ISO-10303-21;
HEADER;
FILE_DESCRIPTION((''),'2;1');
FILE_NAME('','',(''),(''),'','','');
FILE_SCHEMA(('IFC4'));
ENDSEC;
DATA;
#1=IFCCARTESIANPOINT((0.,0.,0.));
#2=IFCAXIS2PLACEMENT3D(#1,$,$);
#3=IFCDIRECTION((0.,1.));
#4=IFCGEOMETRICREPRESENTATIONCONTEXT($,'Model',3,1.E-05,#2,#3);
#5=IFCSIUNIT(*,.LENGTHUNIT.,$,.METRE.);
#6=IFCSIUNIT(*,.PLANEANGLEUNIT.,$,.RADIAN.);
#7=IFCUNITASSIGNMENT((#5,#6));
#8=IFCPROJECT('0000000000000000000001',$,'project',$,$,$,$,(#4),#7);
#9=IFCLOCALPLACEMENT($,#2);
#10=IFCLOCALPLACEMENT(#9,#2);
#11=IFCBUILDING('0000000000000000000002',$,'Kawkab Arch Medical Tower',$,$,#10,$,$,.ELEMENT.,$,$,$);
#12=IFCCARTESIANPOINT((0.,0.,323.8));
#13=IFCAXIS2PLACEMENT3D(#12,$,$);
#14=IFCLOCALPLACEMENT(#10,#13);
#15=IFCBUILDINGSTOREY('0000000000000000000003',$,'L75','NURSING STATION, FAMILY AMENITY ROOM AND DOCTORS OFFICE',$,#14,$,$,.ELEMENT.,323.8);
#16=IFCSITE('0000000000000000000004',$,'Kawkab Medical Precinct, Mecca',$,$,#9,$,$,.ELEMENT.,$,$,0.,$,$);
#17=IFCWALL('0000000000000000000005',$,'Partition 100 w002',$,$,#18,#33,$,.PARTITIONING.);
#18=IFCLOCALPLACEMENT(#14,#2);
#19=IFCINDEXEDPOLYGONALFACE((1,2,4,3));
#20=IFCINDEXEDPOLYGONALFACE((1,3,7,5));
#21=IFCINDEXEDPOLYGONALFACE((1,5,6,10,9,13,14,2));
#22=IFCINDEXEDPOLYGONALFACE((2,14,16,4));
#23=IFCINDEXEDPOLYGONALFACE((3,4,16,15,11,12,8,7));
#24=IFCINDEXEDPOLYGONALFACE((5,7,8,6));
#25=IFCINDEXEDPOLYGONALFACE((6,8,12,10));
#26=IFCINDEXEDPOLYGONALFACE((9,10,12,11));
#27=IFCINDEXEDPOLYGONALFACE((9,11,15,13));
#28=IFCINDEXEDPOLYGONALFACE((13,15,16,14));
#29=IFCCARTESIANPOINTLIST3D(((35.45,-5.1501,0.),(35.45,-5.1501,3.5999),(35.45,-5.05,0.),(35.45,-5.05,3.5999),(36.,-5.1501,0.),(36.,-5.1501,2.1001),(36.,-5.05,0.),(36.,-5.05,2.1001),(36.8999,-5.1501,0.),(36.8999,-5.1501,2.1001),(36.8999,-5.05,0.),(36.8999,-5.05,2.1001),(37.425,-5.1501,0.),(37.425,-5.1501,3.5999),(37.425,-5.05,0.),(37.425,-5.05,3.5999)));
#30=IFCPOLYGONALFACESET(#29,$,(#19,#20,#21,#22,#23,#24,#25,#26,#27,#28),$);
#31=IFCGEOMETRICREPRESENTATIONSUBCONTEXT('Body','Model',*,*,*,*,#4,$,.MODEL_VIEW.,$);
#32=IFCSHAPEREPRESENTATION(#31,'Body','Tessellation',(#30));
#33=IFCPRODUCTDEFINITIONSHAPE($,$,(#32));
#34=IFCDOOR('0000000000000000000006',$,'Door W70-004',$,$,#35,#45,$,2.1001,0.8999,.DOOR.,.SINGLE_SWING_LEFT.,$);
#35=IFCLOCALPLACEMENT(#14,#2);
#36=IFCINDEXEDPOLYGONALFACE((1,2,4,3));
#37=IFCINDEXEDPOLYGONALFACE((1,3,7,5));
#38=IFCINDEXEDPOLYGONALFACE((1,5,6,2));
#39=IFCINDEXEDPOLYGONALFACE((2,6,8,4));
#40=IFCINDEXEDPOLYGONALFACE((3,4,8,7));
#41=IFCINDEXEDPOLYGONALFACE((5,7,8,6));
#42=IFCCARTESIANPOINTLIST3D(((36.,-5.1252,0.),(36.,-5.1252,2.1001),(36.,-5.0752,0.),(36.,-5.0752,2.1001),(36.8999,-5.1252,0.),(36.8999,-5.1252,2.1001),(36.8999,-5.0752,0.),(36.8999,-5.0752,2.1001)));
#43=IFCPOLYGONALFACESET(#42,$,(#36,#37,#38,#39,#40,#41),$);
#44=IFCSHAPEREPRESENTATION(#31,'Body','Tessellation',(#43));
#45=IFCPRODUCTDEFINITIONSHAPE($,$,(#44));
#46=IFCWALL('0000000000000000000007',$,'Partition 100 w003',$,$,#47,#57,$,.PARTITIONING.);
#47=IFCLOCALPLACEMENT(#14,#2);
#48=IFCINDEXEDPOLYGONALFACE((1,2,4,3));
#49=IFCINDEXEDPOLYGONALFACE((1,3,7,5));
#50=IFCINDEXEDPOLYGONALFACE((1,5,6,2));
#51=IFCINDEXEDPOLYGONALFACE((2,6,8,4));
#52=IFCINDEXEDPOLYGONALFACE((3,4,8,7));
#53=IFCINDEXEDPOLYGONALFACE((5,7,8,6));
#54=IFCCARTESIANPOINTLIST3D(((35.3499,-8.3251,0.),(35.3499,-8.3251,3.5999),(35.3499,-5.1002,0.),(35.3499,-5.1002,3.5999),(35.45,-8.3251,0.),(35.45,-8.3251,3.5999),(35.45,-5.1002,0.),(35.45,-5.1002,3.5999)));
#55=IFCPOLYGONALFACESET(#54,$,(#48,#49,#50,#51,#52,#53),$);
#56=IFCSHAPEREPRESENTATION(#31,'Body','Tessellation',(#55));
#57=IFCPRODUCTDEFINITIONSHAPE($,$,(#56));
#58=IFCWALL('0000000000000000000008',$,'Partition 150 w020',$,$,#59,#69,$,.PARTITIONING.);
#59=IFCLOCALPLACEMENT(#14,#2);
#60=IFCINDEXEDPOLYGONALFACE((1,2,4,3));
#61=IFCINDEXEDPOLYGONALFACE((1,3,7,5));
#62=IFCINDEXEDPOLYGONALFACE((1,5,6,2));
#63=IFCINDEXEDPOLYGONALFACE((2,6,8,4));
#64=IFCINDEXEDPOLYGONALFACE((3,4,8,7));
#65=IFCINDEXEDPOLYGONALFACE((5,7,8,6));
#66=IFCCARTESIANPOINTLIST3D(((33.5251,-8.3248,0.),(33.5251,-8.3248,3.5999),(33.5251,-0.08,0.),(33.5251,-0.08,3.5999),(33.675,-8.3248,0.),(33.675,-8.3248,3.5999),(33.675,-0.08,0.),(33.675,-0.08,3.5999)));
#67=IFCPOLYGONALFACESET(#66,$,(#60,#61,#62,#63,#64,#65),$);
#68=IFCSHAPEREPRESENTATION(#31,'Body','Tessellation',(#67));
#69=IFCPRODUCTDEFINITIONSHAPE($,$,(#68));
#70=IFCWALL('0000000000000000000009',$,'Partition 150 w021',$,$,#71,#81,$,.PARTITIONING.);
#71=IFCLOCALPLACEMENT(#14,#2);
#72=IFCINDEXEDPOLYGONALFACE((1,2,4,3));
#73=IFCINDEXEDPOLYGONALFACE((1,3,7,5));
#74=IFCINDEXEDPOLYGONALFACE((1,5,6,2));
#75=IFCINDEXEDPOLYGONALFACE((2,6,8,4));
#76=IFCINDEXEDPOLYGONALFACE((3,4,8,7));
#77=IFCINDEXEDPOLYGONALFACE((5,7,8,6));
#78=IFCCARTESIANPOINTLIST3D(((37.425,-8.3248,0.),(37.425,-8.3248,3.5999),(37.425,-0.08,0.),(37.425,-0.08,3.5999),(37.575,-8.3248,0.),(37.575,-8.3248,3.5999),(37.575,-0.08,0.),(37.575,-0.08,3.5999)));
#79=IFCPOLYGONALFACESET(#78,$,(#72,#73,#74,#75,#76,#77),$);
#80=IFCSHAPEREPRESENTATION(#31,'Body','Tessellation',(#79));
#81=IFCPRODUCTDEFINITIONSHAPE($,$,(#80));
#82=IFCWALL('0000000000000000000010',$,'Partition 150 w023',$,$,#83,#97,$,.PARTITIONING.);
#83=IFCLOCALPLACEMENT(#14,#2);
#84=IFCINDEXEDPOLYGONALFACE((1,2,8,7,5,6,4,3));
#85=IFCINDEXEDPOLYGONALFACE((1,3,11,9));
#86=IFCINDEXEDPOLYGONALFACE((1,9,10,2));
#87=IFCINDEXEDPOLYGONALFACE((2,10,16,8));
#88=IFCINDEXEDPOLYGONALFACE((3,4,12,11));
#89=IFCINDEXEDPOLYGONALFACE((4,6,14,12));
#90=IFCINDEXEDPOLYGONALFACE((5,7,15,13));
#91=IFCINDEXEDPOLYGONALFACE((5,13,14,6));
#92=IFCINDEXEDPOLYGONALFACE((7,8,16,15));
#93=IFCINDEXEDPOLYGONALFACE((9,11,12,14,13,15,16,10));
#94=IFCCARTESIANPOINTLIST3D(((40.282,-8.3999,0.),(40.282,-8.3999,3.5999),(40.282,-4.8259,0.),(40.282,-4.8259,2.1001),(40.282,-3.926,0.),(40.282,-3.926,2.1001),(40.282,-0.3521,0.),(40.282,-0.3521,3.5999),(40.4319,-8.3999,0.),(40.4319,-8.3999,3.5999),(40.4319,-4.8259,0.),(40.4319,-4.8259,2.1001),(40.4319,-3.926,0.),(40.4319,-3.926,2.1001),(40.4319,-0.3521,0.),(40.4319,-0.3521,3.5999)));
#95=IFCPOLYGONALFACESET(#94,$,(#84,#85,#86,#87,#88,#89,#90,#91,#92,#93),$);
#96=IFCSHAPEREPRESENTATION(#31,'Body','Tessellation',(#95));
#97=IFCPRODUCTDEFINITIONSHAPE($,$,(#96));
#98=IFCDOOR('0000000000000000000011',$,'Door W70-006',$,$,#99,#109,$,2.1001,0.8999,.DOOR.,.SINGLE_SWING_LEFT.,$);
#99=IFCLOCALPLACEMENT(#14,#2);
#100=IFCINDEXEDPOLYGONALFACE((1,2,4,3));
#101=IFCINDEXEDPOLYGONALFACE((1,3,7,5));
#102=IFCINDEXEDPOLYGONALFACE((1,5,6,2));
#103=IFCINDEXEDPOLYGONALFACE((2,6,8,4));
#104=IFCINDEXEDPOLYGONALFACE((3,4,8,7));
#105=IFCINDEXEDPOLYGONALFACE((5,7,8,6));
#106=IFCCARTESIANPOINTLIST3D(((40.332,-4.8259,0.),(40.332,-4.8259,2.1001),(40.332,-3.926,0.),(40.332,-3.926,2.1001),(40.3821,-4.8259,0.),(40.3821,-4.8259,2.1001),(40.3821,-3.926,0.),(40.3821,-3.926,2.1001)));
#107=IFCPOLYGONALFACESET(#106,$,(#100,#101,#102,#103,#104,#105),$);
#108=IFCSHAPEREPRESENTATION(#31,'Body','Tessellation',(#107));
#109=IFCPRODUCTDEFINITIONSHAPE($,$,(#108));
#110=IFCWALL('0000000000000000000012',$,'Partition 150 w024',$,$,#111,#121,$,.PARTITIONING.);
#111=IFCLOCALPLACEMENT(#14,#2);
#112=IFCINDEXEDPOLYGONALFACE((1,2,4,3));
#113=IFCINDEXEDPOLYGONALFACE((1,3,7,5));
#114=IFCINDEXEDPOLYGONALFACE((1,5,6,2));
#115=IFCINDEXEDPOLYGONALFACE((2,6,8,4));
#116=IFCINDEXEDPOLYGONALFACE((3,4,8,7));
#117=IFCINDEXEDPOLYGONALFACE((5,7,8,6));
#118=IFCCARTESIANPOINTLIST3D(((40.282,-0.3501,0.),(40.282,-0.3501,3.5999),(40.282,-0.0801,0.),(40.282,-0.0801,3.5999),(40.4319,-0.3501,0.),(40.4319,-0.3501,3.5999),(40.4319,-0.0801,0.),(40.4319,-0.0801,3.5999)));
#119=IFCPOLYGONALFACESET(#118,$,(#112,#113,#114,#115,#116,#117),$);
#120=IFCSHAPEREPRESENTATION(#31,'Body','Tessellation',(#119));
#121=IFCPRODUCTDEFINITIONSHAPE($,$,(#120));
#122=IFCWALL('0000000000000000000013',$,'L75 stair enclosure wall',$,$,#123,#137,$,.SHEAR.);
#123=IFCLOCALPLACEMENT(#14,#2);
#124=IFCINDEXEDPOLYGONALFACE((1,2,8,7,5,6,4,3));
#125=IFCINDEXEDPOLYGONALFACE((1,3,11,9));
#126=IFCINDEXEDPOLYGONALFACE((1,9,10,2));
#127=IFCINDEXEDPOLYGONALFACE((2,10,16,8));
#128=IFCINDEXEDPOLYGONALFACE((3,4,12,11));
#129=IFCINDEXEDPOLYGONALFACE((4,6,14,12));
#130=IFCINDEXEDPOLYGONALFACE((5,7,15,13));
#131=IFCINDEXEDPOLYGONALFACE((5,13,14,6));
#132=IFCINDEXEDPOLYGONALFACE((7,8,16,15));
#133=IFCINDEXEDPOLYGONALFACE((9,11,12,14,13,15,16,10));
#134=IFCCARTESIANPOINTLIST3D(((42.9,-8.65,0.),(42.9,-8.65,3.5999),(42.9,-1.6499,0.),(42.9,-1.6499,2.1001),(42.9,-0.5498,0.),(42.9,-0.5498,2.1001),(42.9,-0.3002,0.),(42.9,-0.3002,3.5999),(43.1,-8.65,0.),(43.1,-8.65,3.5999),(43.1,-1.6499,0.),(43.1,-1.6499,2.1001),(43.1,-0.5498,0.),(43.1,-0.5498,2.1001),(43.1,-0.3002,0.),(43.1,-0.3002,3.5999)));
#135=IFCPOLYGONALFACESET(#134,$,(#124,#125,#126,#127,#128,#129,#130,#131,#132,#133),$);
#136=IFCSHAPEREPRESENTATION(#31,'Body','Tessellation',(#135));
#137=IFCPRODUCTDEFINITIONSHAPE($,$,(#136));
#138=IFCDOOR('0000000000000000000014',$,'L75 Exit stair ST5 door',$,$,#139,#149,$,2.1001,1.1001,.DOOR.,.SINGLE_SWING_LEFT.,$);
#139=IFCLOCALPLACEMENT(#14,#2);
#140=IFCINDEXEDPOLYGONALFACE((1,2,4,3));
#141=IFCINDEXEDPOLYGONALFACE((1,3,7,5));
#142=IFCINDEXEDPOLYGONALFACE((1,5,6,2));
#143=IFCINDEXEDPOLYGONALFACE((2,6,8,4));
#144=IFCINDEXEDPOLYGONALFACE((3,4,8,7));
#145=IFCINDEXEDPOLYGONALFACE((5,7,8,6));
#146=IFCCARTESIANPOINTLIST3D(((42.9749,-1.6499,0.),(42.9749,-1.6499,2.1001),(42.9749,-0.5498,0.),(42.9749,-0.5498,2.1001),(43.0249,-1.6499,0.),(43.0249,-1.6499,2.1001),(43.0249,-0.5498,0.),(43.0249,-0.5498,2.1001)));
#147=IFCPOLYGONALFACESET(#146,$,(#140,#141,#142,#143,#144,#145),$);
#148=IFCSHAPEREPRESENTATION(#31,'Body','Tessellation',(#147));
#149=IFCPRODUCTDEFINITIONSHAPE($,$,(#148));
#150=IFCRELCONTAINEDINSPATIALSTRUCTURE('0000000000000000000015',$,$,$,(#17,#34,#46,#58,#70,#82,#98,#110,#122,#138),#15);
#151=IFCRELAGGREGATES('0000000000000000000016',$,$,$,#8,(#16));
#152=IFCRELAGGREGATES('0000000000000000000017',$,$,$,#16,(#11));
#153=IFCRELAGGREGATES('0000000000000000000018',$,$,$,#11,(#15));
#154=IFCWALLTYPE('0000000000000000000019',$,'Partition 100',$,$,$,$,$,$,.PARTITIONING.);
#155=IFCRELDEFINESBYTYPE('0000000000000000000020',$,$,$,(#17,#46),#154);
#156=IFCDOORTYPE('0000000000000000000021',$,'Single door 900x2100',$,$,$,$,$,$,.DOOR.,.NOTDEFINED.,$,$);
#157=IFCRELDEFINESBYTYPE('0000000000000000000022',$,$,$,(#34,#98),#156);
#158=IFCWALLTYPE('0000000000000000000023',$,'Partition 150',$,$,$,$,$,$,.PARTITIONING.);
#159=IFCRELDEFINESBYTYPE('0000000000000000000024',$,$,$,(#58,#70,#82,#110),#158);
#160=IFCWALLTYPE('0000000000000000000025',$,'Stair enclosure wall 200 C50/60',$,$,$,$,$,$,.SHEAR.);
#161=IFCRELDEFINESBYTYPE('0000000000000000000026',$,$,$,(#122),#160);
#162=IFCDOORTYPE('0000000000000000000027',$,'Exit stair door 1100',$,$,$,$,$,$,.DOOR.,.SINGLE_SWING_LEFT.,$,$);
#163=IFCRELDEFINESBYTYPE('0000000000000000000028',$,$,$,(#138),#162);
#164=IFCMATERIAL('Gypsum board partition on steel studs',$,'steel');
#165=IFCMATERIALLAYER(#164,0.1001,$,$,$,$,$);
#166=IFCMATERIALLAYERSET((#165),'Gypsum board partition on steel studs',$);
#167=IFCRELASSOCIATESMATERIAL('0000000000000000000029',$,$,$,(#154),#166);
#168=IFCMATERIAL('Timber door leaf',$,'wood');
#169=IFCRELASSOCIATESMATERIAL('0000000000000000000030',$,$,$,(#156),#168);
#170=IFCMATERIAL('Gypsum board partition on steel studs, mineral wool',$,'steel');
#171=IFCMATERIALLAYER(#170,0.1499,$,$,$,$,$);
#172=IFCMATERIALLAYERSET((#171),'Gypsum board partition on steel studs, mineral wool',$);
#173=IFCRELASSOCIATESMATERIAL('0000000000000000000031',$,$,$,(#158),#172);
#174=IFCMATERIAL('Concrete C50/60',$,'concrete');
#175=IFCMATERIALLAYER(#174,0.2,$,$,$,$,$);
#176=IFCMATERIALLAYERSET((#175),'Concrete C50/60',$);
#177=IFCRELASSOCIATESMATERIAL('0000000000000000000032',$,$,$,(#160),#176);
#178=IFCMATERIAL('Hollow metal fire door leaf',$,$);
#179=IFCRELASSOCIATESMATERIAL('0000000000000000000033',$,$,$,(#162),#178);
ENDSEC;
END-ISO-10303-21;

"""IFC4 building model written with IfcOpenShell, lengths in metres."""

from ifc_helpers import new_model, si_unit, direction, frame, frame_2d, origin, place, context, subcontext, project, spatial, rectangle, extrude, material, layer, layer_set, type_object, element, fill, save


model = new_model("IFC4")

# Units and contexts
model_context = context("Model", 3, precision=1e-05, world=origin(), true_north=direction((0.0, 1.0)))
body_context = subcontext(model_context, "Body", "Model", "MODEL_VIEW")
ifc_project = project(units=[si_unit("LENGTHUNIT", "METRE"), si_unit("PLANEANGLEUNIT", "RADIAN")], contexts=[model_context])

# Site, building, storey
site_placement = place(None, origin())
site = spatial("IfcSite", under=ifc_project, at=site_placement, Name="Kawkab Medical Precinct, Mecca", CompositionType="ELEMENT", RefElevation=0.0)
building_placement = place(site_placement, origin())
building = spatial("IfcBuilding", under=site, at=building_placement, Name="Kawkab Arch Medical Tower", CompositionType="ELEMENT")
storey_placement = place(building_placement, frame((0.0, 0.0, 323.8)))
storey = spatial("IfcBuildingStorey", under=building, at=storey_placement, Name="L75", Description="NURSING STATION, FAMILY AMENITY ROOM AND DOCTORS OFFICE", CompositionType="ELEMENT", Elevation=323.8)

# Wall, opening, door
ifc_material_1 = material(Name="Gypsum board partition on steel studs", Category="steel")
ifc_layer_1 = layer(ifc_material_1, 0.1001)
ifc_layer_set_1 = layer_set([ifc_layer_1], Name="Gypsum board partition on steel studs")
wall_type_1 = type_object("IfcWallType", Name="Partition 100", PredefinedType="PARTITIONING", material=ifc_layer_set_1)
wall_1_placement = place(storey_placement, frame((35.45, -5.1001, 0.0), z_axis=(0.0, 0.0, 1.0), x_axis=(1.0, 0.0, 0.0)))
wall_1 = element("IfcWall", 1, at=wall_1_placement, inside=storey, type_object=wall_type_1, Name="Partition 100 w002", PredefinedType="PARTITIONING", context=body_context, shape_type="SweptSolid", body=[
    extrude(rectangle(XDim=1.9751, YDim=0.1001, at=frame_2d((0.9875, 0.0))), origin(), (0.0, 0.0, 1.0), 3.5999),
])
opening_1_placement = place(wall_1_placement, frame((0.55, 0.0, 0.0)))
opening_1 = element("IfcOpeningElement", 2, at=opening_1_placement, cuts=wall_1, PredefinedType="OPENING", context=body_context, shape_type="SweptSolid", body=[
    extrude(rectangle(XDim=0.8999, YDim=2.1001, at=frame_2d((0.45, 1.05))), frame((0.0, 0.0601, 0.0), z_axis=(0.0, -1.0, 0.0), x_axis=(1.0, 0.0, 0.0)), (0.0, 0.0, 1.0), 0.1201),
])
ifc_material_2 = material(Name="Timber door leaf", Category="wood")
door_type_1 = type_object("IfcDoorType", Name="Single door 900x2100", OperationType="NOTDEFINED", PredefinedType="DOOR", material=ifc_material_2)
door_1_placement = place(opening_1_placement, origin())
door_1 = element("IfcDoor", 3, at=door_1_placement, inside=storey, type_object=door_type_1, Name="Door W70-004", OperationType="SINGLE_SWING_LEFT", OverallHeight=2.1001, OverallWidth=0.8999, PredefinedType="DOOR", context=body_context, shape_type="SweptSolid", body=[
    extrude(rectangle(XDim=0.8999, YDim=2.1001, at=frame_2d((0.45, 1.05))), frame((0.0, 0.0249, 0.0), z_axis=(0.0, -1.0, 0.0), x_axis=(1.0, 0.0, 0.0)), (0.0, 0.0, 1.0), 0.05),
])
fill(opening_1, door_1)

# Walls
wall_2_placement = place(storey_placement, frame((35.3999, -8.325, 0.0), z_axis=(0.0, 0.0, 1.0), x_axis=(0.0, 1.0, 0.0)))
element("IfcWall", 4, at=wall_2_placement, inside=storey, type_object=wall_type_1, Name="Partition 100 w003", PredefinedType="PARTITIONING", context=body_context, shape_type="SweptSolid", body=[
    extrude(rectangle(XDim=3.2249, YDim=0.1001, at=frame_2d((1.6123, 0.0))), origin(), (0.0, 0.0, 1.0), 3.5999),
])
ifc_material_3 = material(Name="Gypsum board partition on steel studs, mineral wool", Category="steel")
ifc_layer_2 = layer(ifc_material_3, 0.1499)
ifc_layer_set_2 = layer_set([ifc_layer_2], Name="Gypsum board partition on steel studs, mineral wool")
wall_type_2 = type_object("IfcWallType", Name="Partition 150", PredefinedType="PARTITIONING", material=ifc_layer_set_2)
for number, where, z_axis, x_axis, name in (
    (5, (33.6001, -8.325, 0.0), (0.0, 0.0, 1.0), (0.0, 1.0, 0.0), "Partition 150 w020"),
    (6, (37.5, -8.325, 0.0), (0.0, 0.0, 1.0), (0.0, 1.0, 0.0), "Partition 150 w021"),
):
    element("IfcWall", number, at=place(storey_placement, frame(where, z_axis=z_axis, x_axis=x_axis)), inside=storey, type_object=wall_type_2, Name=name, PredefinedType="PARTITIONING", context=body_context, shape_type="SweptSolid", body=[
        extrude(rectangle(XDim=8.2449, YDim=0.1499, at=frame_2d((4.1226, 0.0))), origin(), (0.0, 0.0, 1.0), 3.5999),
    ])

# Wall, opening, door
wall_3_placement = place(storey_placement, frame((40.3569, -8.3999, 0.0), z_axis=(0.0, 0.0, 1.0), x_axis=(0.0, 1.0, 0.0)))
wall_3 = element("IfcWall", 7, at=wall_3_placement, inside=storey, type_object=wall_type_2, Name="Partition 150 w023", PredefinedType="PARTITIONING", context=body_context, shape_type="SweptSolid", body=[
    extrude(rectangle(XDim=8.0479, YDim=0.1499, at=frame_2d((4.0239, 0.0))), origin(), (0.0, 0.0, 1.0), 3.5999),
])
opening_2_placement = place(wall_3_placement, frame((3.574, 0.0, 0.0)))
opening_2 = element("IfcOpeningElement", 8, at=opening_2_placement, cuts=wall_3, PredefinedType="OPENING", context=body_context, shape_type="SweptSolid", body=[
    extrude(rectangle(XDim=0.8999, YDim=2.1001, at=frame_2d((0.45, 1.05))), frame((0.0, 0.085, 0.0), z_axis=(0.0, -1.0, 0.0), x_axis=(1.0, 0.0, 0.0)), (0.0, 0.0, 1.0), 0.1699),
])
door_2_placement = place(opening_2_placement, origin())
door_2 = element("IfcDoor", 9, at=door_2_placement, inside=storey, type_object=door_type_1, Name="Door W70-006", OperationType="SINGLE_SWING_LEFT", OverallHeight=2.1001, OverallWidth=0.8999, PredefinedType="DOOR", context=body_context, shape_type="SweptSolid", body=[
    extrude(rectangle(XDim=0.8999, YDim=2.1001, at=frame_2d((0.45, 1.05))), frame((0.0, 0.0249, 0.0), z_axis=(0.0, -1.0, 0.0), x_axis=(1.0, 0.0, 0.0)), (0.0, 0.0, 1.0), 0.05),
])
fill(opening_2, door_2)

# Wall
wall_4_placement = place(storey_placement, frame((40.3569, -0.3501, 0.0), z_axis=(0.0, 0.0, 1.0), x_axis=(0.0, 1.0, 0.0)))
element("IfcWall", 10, at=wall_4_placement, inside=storey, type_object=wall_type_2, Name="Partition 150 w024", PredefinedType="PARTITIONING", context=body_context, shape_type="SweptSolid", body=[
    extrude(rectangle(XDim=0.27, YDim=0.1499, at=frame_2d((0.135, 0.0))), origin(), (0.0, 0.0, 1.0), 3.5999),
])

# Wall, opening, door
ifc_material_4 = material(Name="Concrete C50/60", Category="concrete")
ifc_layer_3 = layer(ifc_material_4, 0.2)
ifc_layer_set_3 = layer_set([ifc_layer_3], Name="Concrete C50/60")
wall_type_3 = type_object("IfcWallType", Name="Stair enclosure wall 200 C50/60", PredefinedType="SHEAR", material=ifc_layer_set_3)
wall_5_placement = place(storey_placement, frame((43.0, -8.6499, 0.0), z_axis=(0.0, 0.0, 1.0), x_axis=(0.0, 1.0, 0.0)))
wall_5 = element("IfcWall", 11, at=wall_5_placement, inside=storey, type_object=wall_type_3, Name="L75 stair enclosure wall", PredefinedType="SHEAR", context=body_context, shape_type="SweptSolid", body=[
    extrude(rectangle(XDim=8.3499, YDim=0.2, at=frame_2d((4.1748, 0.0))), origin(), (0.0, 0.0, 1.0), 3.5999),
])
opening_3_placement = place(wall_5_placement, frame((7.0, 0.0, 0.0)))
opening_3 = element("IfcOpeningElement", 12, at=opening_3_placement, cuts=wall_5, PredefinedType="OPENING", context=body_context, shape_type="SweptSolid", body=[
    extrude(rectangle(XDim=1.1001, YDim=2.1001, at=frame_2d((0.55, 1.05))), frame((0.0, 0.1099, 0.0), z_axis=(0.0, -1.0, 0.0), x_axis=(1.0, 0.0, 0.0)), (0.0, 0.0, 1.0), 0.22),
])
ifc_material_5 = material(Name="Hollow metal fire door leaf")
door_type_2 = type_object("IfcDoorType", Name="Exit stair door 1100", OperationType="SINGLE_SWING_LEFT", PredefinedType="DOOR", material=ifc_material_5)
door_3_placement = place(opening_3_placement, frame((1.1001, 0.0, 0.0), z_axis=(0.0, 0.0, 1.0), x_axis=(-1.0, 0.0, 0.0)))
door_3 = element("IfcDoor", 13, at=door_3_placement, inside=storey, type_object=door_type_2, Name="L75 Exit stair ST5 door", OperationType="SINGLE_SWING_LEFT", OverallHeight=2.1001, OverallWidth=1.1001, PredefinedType="DOOR", context=body_context, shape_type="SweptSolid", body=[
    extrude(rectangle(XDim=1.1001, YDim=2.1001, at=frame_2d((0.55, 1.05))), frame((0.0, 0.0249, 0.0), z_axis=(0.0, -1.0, 0.0), x_axis=(1.0, 0.0, 0.0)), (0.0, 0.0, 1.0), 0.05),
])
fill(opening_3, door_3)

save(model, "model.ifc")
